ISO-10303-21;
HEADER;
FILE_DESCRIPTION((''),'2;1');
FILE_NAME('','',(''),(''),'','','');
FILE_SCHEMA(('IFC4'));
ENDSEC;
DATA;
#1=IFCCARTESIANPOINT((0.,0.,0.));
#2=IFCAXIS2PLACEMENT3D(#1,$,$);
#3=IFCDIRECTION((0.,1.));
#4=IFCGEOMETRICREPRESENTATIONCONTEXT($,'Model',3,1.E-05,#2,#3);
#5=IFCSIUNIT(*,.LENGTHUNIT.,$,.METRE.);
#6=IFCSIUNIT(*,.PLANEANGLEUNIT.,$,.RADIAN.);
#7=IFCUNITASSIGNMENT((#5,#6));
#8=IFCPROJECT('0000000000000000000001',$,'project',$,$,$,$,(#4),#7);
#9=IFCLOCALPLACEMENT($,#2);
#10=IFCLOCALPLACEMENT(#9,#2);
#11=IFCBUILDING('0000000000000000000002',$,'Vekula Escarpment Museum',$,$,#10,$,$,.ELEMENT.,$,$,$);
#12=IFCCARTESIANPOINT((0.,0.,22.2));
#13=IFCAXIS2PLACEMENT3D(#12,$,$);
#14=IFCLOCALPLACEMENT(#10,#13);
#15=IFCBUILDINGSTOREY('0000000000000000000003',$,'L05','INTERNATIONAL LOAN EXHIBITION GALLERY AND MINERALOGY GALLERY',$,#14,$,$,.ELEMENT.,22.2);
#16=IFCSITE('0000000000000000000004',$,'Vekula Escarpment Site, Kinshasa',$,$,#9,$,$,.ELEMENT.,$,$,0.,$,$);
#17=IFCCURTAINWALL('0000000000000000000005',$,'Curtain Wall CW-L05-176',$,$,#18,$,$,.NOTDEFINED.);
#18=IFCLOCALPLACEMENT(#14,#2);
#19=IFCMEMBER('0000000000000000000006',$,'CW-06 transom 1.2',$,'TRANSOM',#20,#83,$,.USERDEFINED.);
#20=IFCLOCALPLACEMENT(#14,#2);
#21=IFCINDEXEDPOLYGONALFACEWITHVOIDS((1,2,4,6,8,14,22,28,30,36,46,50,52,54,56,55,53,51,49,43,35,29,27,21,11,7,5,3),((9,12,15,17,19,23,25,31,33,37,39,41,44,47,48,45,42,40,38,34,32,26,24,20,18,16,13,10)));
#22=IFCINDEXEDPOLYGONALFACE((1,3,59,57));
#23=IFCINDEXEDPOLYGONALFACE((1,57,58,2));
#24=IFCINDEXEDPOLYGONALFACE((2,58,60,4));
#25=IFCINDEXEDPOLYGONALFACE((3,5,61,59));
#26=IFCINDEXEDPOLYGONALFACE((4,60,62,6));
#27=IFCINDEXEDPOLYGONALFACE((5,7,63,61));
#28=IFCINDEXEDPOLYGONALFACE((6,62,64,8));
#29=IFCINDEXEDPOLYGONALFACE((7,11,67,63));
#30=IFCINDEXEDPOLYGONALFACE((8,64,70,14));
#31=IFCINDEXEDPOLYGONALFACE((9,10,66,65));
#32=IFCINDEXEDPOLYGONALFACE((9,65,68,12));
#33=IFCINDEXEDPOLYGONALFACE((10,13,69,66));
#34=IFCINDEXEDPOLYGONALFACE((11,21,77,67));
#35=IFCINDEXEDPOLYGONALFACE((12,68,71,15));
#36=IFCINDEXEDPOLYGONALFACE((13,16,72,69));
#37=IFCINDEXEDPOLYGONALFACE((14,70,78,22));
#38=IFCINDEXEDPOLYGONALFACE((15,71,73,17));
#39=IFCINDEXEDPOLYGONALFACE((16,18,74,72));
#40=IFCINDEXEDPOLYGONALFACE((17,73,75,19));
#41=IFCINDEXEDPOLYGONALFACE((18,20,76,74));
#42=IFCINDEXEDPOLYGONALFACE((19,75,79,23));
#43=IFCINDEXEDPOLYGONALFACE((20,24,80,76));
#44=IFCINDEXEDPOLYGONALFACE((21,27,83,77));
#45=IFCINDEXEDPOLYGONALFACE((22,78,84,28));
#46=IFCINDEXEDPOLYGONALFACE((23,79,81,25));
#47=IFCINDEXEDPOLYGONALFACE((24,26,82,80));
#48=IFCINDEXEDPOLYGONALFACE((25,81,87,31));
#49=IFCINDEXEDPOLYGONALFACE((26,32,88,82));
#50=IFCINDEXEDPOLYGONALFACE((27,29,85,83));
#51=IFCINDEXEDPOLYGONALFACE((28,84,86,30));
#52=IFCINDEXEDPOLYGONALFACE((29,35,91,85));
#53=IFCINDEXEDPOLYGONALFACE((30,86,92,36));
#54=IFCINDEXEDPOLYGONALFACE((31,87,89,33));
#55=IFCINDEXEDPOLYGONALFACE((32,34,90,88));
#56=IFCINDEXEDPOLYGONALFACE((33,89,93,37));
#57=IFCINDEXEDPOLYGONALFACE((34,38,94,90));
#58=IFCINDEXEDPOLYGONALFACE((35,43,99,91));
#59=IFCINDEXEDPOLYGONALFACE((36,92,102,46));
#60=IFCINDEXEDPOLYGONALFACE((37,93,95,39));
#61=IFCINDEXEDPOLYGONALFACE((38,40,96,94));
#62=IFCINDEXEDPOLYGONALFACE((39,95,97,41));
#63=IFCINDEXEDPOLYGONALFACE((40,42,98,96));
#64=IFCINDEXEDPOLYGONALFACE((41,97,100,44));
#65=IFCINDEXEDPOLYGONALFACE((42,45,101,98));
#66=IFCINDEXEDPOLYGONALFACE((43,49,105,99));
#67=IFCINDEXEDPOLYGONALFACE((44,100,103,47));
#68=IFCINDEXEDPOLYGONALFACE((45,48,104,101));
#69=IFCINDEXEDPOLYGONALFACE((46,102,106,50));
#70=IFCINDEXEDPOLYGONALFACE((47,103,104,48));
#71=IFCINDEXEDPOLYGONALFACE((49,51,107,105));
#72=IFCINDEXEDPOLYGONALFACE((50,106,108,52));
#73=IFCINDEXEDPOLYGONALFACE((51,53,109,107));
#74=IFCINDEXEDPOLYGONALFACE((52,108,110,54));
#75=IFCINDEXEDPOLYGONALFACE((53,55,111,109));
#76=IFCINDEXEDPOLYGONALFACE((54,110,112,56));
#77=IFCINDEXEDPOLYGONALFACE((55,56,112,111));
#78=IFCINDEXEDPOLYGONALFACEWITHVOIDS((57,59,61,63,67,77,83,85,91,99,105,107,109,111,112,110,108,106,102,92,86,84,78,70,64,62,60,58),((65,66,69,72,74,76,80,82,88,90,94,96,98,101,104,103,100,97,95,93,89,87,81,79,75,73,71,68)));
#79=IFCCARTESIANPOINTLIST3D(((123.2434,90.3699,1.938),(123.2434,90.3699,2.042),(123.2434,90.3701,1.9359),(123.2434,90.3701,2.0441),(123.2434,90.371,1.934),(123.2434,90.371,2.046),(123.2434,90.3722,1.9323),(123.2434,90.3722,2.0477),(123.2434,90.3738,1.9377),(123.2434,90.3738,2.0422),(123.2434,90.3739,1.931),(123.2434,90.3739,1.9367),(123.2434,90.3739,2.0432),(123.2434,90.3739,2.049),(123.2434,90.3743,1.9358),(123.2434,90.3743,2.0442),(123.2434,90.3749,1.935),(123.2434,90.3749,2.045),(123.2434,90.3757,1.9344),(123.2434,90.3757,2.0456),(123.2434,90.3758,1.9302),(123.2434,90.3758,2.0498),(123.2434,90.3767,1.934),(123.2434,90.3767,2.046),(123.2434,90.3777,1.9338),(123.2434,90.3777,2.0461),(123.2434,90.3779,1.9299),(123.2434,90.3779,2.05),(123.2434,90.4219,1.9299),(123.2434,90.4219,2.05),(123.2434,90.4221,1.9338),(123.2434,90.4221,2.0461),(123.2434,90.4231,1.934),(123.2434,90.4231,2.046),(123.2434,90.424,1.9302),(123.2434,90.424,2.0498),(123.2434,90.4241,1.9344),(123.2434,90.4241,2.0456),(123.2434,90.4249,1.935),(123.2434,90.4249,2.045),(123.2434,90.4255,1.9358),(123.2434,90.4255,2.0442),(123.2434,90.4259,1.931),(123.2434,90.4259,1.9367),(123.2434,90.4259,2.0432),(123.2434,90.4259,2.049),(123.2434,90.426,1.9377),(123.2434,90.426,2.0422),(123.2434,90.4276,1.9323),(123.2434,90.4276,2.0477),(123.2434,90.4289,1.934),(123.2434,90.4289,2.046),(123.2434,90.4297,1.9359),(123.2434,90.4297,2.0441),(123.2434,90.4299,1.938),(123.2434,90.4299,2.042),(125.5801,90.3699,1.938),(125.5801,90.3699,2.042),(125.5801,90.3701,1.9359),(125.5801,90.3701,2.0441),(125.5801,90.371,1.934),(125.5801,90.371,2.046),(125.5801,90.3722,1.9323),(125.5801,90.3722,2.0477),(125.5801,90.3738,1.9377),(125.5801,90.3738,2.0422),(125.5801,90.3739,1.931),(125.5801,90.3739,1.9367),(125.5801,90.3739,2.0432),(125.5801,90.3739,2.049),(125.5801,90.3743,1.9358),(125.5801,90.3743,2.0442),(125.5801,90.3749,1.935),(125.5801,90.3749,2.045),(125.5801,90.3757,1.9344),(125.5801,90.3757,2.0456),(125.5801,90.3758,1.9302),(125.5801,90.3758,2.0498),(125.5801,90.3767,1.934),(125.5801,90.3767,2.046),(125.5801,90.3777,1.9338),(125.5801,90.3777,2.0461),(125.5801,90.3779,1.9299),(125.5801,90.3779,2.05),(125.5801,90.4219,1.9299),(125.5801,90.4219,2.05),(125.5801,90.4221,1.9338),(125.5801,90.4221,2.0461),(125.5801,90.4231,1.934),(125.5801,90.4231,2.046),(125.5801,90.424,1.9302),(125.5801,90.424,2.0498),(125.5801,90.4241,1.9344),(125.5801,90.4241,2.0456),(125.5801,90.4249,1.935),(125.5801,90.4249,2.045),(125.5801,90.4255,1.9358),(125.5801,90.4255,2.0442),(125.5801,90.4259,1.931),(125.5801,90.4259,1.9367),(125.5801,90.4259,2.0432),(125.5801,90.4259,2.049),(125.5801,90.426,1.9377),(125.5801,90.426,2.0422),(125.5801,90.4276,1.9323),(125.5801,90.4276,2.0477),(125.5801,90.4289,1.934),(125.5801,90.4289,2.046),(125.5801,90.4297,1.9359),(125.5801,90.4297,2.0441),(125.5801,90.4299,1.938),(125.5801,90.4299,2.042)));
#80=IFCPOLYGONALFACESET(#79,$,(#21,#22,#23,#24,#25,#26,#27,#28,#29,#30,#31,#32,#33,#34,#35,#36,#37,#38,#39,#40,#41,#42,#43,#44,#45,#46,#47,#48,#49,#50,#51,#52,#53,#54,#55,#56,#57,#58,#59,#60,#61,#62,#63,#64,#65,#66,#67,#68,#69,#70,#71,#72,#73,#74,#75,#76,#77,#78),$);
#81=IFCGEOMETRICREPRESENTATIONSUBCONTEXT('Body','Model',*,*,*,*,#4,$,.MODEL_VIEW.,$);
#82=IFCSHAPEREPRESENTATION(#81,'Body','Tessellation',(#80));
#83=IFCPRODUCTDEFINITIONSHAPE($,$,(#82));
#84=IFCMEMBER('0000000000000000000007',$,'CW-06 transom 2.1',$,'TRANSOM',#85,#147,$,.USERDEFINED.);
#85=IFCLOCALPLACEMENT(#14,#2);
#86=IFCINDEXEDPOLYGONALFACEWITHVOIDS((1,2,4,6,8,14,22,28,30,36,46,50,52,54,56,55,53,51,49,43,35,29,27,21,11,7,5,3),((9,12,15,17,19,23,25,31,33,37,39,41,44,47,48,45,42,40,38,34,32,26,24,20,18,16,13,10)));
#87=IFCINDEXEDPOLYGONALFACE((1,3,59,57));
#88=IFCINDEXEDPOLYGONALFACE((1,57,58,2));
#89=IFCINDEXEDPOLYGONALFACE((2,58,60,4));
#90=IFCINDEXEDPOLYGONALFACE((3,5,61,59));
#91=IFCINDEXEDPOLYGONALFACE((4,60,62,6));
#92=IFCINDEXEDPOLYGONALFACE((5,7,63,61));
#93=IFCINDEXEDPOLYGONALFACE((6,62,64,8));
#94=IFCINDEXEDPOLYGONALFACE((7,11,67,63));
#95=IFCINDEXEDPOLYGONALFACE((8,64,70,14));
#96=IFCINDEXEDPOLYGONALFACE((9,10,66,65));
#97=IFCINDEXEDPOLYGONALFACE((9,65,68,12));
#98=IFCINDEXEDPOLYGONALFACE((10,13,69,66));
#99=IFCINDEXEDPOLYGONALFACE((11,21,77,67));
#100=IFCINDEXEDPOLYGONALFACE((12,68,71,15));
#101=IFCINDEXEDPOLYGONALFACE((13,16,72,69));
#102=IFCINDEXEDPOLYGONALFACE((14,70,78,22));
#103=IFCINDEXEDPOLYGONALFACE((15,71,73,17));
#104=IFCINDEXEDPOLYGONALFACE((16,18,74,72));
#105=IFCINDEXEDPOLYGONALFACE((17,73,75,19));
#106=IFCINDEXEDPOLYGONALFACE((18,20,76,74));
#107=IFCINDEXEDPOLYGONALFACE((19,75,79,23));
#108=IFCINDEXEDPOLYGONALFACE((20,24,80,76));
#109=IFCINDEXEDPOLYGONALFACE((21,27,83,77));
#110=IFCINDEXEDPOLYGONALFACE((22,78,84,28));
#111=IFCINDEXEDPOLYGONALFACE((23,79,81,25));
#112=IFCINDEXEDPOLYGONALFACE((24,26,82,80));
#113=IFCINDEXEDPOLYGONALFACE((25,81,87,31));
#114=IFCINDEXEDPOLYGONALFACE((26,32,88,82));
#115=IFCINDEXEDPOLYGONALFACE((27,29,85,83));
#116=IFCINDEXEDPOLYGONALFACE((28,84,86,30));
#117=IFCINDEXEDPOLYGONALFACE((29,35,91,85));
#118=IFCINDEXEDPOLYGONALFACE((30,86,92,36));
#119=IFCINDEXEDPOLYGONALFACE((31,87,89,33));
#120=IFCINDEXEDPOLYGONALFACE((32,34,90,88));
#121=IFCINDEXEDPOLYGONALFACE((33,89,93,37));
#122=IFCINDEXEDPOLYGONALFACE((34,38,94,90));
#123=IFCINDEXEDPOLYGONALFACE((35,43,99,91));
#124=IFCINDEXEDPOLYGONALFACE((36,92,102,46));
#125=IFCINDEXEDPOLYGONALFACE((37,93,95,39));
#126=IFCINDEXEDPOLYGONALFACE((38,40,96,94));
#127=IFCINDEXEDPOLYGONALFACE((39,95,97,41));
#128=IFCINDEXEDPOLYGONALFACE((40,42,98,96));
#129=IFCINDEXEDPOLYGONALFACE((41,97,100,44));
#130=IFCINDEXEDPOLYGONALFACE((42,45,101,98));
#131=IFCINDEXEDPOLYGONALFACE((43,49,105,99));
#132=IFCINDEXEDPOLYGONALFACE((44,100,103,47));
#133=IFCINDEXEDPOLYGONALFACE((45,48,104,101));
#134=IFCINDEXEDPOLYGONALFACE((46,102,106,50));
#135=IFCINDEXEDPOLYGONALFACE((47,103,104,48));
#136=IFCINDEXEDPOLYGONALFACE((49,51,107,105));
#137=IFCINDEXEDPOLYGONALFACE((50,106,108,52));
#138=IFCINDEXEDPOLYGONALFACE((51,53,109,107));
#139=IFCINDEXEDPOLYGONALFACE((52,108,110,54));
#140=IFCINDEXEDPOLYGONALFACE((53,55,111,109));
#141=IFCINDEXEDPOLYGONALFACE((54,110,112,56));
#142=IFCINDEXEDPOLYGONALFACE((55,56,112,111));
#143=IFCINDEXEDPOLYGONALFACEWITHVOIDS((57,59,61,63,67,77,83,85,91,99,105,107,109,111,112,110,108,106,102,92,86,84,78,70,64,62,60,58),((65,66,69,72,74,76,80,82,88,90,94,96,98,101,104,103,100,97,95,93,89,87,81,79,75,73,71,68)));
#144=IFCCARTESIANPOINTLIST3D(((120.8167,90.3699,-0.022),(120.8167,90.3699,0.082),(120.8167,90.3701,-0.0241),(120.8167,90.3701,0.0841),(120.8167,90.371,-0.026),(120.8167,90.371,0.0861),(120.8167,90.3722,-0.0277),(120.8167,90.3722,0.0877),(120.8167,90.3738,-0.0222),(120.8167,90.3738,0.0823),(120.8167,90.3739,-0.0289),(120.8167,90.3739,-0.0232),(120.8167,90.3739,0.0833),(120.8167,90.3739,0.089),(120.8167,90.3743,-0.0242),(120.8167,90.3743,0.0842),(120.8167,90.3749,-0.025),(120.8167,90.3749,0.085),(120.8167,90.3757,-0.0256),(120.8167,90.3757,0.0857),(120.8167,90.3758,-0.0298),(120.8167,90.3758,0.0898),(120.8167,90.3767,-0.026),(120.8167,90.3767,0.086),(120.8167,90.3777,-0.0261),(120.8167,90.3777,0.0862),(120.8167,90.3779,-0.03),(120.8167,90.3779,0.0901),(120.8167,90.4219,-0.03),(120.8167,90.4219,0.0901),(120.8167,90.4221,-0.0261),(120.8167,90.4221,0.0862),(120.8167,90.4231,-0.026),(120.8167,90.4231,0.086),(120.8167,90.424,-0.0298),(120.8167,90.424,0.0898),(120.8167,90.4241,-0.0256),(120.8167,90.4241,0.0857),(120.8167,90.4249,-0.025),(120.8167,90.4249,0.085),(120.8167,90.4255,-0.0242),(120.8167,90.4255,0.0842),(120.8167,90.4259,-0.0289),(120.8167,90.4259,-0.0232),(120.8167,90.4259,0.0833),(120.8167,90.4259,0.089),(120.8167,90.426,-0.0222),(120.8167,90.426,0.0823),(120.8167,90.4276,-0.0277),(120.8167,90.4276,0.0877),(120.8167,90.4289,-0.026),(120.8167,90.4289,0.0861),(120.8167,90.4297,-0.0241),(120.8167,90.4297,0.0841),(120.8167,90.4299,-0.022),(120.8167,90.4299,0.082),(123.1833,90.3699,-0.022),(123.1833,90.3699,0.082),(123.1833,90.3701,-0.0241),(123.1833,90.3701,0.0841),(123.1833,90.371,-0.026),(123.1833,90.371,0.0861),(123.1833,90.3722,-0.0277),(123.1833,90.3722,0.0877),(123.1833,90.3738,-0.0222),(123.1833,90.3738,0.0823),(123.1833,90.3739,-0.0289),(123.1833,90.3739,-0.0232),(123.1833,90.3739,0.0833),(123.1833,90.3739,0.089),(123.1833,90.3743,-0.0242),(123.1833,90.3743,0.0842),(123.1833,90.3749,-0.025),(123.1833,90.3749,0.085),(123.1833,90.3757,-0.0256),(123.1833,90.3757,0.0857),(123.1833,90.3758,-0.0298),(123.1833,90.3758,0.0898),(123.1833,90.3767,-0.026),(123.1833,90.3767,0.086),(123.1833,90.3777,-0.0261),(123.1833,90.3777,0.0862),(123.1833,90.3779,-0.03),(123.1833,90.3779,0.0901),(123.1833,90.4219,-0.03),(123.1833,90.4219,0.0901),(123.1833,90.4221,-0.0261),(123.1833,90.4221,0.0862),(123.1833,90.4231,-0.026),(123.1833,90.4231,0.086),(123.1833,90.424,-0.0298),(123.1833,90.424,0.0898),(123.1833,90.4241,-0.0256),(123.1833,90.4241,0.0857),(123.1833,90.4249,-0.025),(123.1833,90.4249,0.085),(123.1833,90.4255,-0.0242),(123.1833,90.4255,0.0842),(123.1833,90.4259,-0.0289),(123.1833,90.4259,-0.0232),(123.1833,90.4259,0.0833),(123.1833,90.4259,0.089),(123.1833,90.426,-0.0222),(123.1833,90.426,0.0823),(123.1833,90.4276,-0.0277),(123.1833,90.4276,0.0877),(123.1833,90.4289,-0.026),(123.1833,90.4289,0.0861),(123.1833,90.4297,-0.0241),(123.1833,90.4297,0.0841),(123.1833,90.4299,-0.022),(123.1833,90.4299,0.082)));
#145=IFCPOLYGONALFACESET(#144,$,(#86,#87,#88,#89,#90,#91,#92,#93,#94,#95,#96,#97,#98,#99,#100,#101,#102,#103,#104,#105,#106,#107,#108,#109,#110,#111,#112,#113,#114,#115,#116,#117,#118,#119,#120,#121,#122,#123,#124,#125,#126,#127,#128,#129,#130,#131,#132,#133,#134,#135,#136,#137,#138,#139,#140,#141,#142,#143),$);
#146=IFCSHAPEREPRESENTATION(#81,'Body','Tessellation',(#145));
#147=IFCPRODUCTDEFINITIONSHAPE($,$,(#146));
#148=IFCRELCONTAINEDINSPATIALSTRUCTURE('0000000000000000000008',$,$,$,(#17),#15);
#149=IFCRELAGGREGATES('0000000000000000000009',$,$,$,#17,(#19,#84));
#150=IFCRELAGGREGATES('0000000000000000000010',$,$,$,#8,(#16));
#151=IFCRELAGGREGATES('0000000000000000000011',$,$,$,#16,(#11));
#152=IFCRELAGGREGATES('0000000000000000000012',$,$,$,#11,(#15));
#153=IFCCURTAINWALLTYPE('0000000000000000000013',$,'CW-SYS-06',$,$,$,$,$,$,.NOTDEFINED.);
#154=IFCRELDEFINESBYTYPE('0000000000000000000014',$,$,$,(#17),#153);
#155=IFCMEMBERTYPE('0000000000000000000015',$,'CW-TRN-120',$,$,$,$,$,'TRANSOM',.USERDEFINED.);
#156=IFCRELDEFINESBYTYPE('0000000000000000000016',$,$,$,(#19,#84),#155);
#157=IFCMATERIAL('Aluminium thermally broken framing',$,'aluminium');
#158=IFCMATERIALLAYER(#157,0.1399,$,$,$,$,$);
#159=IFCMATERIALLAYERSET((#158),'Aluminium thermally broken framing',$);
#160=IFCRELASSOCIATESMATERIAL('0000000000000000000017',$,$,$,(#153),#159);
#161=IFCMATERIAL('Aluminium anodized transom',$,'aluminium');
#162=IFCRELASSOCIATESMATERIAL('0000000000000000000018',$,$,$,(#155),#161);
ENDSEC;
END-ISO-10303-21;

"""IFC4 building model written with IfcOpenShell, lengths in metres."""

from ifc_helpers import new_model, si_unit, direction, frame, origin, origin_2d, place, context, subcontext, project, spatial, hollow_rectangle, extrude, material, layer, layer_set, material_profile, profile_set, type_object, element, aggregate, save


model = new_model("IFC4")

# Units and contexts
model_context = context("Model", 3, precision=1e-05, world=origin(), true_north=direction((0.0, 1.0)))
body_context = subcontext(model_context, "Body", "Model", "MODEL_VIEW")
ifc_project = project(units=[si_unit("LENGTHUNIT", "METRE"), si_unit("PLANEANGLEUNIT", "RADIAN")], contexts=[model_context])

# Site, building, storey
site_placement = place(None, origin())
site = spatial("IfcSite", under=ifc_project, at=site_placement, Name="Vekula Escarpment Site, Kinshasa", CompositionType="ELEMENT", RefElevation=0.0)
building_placement = place(site_placement, origin())
building = spatial("IfcBuilding", under=site, at=building_placement, Name="Vekula Escarpment Museum", CompositionType="ELEMENT")
storey_placement = place(building_placement, frame((0.0, 0.0, 22.2)))
storey = spatial("IfcBuildingStorey", under=building, at=storey_placement, Name="L05", Description="INTERNATIONAL LOAN EXHIBITION GALLERY AND MINERALOGY GALLERY", CompositionType="ELEMENT", Elevation=22.2)

# Curtain wall, members
ifc_material_1 = material(Name="Aluminium thermally broken framing", Category="aluminium")
ifc_layer_1 = layer(ifc_material_1, 0.1399)
ifc_layer_set_1 = layer_set([ifc_layer_1], Name="Aluminium thermally broken framing")
curtain_wall_type = type_object("IfcCurtainWallType", Name="CW-SYS-06", PredefinedType="NOTDEFINED", material=ifc_layer_set_1)
curtain_wall_placement = place(storey_placement, origin())
curtain_wall = element("IfcCurtainWall", 1, at=curtain_wall_placement, inside=storey, type_object=curtain_wall_type, Name="Curtain Wall CW-L05-176", PredefinedType="NOTDEFINED")
ifc_material_2 = material(Name="Aluminium anodized transom", Category="aluminium")
ifc_material_profile_1 = material_profile(ifc_material_2, hollow_rectangle(XDim=0.0601, YDim=0.1201, WallThickness=0.0039, InnerFilletRadius=0.0039, OuterFilletRadius=0.0081, at=origin_2d()), Name="ALU 120x60x4")
ifc_profile_set_1 = profile_set([ifc_material_profile_1], Name="Aluminium anodized transom")
member_type_1 = type_object("IfcMemberType", Name="CW-TRN-120", ElementType="TRANSOM", PredefinedType="USERDEFINED", material=ifc_profile_set_1)
member_1_placement = place(storey_placement, frame((125.5801, 90.3999, 1.99), z_axis=(-1.0, 0.0, 0.0), x_axis=(0.0, -1.0, 0.0)))
member_1 = element("IfcMember", 2, at=member_1_placement, type_object=member_type_1, Name="CW-06 transom 1.2", ObjectType="TRANSOM", PredefinedType="USERDEFINED", context=body_context, shape_type="SweptSolid", body=[
    extrude(hollow_rectangle(XDim=0.0601, YDim=0.1201, WallThickness=0.0039, InnerFilletRadius=0.0039, OuterFilletRadius=0.0081, at=origin_2d()), origin(), (0.0, 0.0, 1.0), 2.3367),
])
member_2_placement = place(storey_placement, frame((123.1833, 90.3999, 0.03), z_axis=(-1.0, 0.0, 0.0), x_axis=(0.0, -1.0, 0.0)))
member_2 = element("IfcMember", 3, at=member_2_placement, type_object=member_type_1, Name="CW-06 transom 2.1", ObjectType="TRANSOM", PredefinedType="USERDEFINED", context=body_context, shape_type="SweptSolid", body=[
    extrude(hollow_rectangle(XDim=0.0601, YDim=0.1201, WallThickness=0.0039, InnerFilletRadius=0.0039, OuterFilletRadius=0.0081, at=origin_2d()), origin(), (0.0, 0.0, 1.0), 2.3667),
])

aggregate(curtain_wall, [member_1, member_2])

save(model, "model.ifc")
